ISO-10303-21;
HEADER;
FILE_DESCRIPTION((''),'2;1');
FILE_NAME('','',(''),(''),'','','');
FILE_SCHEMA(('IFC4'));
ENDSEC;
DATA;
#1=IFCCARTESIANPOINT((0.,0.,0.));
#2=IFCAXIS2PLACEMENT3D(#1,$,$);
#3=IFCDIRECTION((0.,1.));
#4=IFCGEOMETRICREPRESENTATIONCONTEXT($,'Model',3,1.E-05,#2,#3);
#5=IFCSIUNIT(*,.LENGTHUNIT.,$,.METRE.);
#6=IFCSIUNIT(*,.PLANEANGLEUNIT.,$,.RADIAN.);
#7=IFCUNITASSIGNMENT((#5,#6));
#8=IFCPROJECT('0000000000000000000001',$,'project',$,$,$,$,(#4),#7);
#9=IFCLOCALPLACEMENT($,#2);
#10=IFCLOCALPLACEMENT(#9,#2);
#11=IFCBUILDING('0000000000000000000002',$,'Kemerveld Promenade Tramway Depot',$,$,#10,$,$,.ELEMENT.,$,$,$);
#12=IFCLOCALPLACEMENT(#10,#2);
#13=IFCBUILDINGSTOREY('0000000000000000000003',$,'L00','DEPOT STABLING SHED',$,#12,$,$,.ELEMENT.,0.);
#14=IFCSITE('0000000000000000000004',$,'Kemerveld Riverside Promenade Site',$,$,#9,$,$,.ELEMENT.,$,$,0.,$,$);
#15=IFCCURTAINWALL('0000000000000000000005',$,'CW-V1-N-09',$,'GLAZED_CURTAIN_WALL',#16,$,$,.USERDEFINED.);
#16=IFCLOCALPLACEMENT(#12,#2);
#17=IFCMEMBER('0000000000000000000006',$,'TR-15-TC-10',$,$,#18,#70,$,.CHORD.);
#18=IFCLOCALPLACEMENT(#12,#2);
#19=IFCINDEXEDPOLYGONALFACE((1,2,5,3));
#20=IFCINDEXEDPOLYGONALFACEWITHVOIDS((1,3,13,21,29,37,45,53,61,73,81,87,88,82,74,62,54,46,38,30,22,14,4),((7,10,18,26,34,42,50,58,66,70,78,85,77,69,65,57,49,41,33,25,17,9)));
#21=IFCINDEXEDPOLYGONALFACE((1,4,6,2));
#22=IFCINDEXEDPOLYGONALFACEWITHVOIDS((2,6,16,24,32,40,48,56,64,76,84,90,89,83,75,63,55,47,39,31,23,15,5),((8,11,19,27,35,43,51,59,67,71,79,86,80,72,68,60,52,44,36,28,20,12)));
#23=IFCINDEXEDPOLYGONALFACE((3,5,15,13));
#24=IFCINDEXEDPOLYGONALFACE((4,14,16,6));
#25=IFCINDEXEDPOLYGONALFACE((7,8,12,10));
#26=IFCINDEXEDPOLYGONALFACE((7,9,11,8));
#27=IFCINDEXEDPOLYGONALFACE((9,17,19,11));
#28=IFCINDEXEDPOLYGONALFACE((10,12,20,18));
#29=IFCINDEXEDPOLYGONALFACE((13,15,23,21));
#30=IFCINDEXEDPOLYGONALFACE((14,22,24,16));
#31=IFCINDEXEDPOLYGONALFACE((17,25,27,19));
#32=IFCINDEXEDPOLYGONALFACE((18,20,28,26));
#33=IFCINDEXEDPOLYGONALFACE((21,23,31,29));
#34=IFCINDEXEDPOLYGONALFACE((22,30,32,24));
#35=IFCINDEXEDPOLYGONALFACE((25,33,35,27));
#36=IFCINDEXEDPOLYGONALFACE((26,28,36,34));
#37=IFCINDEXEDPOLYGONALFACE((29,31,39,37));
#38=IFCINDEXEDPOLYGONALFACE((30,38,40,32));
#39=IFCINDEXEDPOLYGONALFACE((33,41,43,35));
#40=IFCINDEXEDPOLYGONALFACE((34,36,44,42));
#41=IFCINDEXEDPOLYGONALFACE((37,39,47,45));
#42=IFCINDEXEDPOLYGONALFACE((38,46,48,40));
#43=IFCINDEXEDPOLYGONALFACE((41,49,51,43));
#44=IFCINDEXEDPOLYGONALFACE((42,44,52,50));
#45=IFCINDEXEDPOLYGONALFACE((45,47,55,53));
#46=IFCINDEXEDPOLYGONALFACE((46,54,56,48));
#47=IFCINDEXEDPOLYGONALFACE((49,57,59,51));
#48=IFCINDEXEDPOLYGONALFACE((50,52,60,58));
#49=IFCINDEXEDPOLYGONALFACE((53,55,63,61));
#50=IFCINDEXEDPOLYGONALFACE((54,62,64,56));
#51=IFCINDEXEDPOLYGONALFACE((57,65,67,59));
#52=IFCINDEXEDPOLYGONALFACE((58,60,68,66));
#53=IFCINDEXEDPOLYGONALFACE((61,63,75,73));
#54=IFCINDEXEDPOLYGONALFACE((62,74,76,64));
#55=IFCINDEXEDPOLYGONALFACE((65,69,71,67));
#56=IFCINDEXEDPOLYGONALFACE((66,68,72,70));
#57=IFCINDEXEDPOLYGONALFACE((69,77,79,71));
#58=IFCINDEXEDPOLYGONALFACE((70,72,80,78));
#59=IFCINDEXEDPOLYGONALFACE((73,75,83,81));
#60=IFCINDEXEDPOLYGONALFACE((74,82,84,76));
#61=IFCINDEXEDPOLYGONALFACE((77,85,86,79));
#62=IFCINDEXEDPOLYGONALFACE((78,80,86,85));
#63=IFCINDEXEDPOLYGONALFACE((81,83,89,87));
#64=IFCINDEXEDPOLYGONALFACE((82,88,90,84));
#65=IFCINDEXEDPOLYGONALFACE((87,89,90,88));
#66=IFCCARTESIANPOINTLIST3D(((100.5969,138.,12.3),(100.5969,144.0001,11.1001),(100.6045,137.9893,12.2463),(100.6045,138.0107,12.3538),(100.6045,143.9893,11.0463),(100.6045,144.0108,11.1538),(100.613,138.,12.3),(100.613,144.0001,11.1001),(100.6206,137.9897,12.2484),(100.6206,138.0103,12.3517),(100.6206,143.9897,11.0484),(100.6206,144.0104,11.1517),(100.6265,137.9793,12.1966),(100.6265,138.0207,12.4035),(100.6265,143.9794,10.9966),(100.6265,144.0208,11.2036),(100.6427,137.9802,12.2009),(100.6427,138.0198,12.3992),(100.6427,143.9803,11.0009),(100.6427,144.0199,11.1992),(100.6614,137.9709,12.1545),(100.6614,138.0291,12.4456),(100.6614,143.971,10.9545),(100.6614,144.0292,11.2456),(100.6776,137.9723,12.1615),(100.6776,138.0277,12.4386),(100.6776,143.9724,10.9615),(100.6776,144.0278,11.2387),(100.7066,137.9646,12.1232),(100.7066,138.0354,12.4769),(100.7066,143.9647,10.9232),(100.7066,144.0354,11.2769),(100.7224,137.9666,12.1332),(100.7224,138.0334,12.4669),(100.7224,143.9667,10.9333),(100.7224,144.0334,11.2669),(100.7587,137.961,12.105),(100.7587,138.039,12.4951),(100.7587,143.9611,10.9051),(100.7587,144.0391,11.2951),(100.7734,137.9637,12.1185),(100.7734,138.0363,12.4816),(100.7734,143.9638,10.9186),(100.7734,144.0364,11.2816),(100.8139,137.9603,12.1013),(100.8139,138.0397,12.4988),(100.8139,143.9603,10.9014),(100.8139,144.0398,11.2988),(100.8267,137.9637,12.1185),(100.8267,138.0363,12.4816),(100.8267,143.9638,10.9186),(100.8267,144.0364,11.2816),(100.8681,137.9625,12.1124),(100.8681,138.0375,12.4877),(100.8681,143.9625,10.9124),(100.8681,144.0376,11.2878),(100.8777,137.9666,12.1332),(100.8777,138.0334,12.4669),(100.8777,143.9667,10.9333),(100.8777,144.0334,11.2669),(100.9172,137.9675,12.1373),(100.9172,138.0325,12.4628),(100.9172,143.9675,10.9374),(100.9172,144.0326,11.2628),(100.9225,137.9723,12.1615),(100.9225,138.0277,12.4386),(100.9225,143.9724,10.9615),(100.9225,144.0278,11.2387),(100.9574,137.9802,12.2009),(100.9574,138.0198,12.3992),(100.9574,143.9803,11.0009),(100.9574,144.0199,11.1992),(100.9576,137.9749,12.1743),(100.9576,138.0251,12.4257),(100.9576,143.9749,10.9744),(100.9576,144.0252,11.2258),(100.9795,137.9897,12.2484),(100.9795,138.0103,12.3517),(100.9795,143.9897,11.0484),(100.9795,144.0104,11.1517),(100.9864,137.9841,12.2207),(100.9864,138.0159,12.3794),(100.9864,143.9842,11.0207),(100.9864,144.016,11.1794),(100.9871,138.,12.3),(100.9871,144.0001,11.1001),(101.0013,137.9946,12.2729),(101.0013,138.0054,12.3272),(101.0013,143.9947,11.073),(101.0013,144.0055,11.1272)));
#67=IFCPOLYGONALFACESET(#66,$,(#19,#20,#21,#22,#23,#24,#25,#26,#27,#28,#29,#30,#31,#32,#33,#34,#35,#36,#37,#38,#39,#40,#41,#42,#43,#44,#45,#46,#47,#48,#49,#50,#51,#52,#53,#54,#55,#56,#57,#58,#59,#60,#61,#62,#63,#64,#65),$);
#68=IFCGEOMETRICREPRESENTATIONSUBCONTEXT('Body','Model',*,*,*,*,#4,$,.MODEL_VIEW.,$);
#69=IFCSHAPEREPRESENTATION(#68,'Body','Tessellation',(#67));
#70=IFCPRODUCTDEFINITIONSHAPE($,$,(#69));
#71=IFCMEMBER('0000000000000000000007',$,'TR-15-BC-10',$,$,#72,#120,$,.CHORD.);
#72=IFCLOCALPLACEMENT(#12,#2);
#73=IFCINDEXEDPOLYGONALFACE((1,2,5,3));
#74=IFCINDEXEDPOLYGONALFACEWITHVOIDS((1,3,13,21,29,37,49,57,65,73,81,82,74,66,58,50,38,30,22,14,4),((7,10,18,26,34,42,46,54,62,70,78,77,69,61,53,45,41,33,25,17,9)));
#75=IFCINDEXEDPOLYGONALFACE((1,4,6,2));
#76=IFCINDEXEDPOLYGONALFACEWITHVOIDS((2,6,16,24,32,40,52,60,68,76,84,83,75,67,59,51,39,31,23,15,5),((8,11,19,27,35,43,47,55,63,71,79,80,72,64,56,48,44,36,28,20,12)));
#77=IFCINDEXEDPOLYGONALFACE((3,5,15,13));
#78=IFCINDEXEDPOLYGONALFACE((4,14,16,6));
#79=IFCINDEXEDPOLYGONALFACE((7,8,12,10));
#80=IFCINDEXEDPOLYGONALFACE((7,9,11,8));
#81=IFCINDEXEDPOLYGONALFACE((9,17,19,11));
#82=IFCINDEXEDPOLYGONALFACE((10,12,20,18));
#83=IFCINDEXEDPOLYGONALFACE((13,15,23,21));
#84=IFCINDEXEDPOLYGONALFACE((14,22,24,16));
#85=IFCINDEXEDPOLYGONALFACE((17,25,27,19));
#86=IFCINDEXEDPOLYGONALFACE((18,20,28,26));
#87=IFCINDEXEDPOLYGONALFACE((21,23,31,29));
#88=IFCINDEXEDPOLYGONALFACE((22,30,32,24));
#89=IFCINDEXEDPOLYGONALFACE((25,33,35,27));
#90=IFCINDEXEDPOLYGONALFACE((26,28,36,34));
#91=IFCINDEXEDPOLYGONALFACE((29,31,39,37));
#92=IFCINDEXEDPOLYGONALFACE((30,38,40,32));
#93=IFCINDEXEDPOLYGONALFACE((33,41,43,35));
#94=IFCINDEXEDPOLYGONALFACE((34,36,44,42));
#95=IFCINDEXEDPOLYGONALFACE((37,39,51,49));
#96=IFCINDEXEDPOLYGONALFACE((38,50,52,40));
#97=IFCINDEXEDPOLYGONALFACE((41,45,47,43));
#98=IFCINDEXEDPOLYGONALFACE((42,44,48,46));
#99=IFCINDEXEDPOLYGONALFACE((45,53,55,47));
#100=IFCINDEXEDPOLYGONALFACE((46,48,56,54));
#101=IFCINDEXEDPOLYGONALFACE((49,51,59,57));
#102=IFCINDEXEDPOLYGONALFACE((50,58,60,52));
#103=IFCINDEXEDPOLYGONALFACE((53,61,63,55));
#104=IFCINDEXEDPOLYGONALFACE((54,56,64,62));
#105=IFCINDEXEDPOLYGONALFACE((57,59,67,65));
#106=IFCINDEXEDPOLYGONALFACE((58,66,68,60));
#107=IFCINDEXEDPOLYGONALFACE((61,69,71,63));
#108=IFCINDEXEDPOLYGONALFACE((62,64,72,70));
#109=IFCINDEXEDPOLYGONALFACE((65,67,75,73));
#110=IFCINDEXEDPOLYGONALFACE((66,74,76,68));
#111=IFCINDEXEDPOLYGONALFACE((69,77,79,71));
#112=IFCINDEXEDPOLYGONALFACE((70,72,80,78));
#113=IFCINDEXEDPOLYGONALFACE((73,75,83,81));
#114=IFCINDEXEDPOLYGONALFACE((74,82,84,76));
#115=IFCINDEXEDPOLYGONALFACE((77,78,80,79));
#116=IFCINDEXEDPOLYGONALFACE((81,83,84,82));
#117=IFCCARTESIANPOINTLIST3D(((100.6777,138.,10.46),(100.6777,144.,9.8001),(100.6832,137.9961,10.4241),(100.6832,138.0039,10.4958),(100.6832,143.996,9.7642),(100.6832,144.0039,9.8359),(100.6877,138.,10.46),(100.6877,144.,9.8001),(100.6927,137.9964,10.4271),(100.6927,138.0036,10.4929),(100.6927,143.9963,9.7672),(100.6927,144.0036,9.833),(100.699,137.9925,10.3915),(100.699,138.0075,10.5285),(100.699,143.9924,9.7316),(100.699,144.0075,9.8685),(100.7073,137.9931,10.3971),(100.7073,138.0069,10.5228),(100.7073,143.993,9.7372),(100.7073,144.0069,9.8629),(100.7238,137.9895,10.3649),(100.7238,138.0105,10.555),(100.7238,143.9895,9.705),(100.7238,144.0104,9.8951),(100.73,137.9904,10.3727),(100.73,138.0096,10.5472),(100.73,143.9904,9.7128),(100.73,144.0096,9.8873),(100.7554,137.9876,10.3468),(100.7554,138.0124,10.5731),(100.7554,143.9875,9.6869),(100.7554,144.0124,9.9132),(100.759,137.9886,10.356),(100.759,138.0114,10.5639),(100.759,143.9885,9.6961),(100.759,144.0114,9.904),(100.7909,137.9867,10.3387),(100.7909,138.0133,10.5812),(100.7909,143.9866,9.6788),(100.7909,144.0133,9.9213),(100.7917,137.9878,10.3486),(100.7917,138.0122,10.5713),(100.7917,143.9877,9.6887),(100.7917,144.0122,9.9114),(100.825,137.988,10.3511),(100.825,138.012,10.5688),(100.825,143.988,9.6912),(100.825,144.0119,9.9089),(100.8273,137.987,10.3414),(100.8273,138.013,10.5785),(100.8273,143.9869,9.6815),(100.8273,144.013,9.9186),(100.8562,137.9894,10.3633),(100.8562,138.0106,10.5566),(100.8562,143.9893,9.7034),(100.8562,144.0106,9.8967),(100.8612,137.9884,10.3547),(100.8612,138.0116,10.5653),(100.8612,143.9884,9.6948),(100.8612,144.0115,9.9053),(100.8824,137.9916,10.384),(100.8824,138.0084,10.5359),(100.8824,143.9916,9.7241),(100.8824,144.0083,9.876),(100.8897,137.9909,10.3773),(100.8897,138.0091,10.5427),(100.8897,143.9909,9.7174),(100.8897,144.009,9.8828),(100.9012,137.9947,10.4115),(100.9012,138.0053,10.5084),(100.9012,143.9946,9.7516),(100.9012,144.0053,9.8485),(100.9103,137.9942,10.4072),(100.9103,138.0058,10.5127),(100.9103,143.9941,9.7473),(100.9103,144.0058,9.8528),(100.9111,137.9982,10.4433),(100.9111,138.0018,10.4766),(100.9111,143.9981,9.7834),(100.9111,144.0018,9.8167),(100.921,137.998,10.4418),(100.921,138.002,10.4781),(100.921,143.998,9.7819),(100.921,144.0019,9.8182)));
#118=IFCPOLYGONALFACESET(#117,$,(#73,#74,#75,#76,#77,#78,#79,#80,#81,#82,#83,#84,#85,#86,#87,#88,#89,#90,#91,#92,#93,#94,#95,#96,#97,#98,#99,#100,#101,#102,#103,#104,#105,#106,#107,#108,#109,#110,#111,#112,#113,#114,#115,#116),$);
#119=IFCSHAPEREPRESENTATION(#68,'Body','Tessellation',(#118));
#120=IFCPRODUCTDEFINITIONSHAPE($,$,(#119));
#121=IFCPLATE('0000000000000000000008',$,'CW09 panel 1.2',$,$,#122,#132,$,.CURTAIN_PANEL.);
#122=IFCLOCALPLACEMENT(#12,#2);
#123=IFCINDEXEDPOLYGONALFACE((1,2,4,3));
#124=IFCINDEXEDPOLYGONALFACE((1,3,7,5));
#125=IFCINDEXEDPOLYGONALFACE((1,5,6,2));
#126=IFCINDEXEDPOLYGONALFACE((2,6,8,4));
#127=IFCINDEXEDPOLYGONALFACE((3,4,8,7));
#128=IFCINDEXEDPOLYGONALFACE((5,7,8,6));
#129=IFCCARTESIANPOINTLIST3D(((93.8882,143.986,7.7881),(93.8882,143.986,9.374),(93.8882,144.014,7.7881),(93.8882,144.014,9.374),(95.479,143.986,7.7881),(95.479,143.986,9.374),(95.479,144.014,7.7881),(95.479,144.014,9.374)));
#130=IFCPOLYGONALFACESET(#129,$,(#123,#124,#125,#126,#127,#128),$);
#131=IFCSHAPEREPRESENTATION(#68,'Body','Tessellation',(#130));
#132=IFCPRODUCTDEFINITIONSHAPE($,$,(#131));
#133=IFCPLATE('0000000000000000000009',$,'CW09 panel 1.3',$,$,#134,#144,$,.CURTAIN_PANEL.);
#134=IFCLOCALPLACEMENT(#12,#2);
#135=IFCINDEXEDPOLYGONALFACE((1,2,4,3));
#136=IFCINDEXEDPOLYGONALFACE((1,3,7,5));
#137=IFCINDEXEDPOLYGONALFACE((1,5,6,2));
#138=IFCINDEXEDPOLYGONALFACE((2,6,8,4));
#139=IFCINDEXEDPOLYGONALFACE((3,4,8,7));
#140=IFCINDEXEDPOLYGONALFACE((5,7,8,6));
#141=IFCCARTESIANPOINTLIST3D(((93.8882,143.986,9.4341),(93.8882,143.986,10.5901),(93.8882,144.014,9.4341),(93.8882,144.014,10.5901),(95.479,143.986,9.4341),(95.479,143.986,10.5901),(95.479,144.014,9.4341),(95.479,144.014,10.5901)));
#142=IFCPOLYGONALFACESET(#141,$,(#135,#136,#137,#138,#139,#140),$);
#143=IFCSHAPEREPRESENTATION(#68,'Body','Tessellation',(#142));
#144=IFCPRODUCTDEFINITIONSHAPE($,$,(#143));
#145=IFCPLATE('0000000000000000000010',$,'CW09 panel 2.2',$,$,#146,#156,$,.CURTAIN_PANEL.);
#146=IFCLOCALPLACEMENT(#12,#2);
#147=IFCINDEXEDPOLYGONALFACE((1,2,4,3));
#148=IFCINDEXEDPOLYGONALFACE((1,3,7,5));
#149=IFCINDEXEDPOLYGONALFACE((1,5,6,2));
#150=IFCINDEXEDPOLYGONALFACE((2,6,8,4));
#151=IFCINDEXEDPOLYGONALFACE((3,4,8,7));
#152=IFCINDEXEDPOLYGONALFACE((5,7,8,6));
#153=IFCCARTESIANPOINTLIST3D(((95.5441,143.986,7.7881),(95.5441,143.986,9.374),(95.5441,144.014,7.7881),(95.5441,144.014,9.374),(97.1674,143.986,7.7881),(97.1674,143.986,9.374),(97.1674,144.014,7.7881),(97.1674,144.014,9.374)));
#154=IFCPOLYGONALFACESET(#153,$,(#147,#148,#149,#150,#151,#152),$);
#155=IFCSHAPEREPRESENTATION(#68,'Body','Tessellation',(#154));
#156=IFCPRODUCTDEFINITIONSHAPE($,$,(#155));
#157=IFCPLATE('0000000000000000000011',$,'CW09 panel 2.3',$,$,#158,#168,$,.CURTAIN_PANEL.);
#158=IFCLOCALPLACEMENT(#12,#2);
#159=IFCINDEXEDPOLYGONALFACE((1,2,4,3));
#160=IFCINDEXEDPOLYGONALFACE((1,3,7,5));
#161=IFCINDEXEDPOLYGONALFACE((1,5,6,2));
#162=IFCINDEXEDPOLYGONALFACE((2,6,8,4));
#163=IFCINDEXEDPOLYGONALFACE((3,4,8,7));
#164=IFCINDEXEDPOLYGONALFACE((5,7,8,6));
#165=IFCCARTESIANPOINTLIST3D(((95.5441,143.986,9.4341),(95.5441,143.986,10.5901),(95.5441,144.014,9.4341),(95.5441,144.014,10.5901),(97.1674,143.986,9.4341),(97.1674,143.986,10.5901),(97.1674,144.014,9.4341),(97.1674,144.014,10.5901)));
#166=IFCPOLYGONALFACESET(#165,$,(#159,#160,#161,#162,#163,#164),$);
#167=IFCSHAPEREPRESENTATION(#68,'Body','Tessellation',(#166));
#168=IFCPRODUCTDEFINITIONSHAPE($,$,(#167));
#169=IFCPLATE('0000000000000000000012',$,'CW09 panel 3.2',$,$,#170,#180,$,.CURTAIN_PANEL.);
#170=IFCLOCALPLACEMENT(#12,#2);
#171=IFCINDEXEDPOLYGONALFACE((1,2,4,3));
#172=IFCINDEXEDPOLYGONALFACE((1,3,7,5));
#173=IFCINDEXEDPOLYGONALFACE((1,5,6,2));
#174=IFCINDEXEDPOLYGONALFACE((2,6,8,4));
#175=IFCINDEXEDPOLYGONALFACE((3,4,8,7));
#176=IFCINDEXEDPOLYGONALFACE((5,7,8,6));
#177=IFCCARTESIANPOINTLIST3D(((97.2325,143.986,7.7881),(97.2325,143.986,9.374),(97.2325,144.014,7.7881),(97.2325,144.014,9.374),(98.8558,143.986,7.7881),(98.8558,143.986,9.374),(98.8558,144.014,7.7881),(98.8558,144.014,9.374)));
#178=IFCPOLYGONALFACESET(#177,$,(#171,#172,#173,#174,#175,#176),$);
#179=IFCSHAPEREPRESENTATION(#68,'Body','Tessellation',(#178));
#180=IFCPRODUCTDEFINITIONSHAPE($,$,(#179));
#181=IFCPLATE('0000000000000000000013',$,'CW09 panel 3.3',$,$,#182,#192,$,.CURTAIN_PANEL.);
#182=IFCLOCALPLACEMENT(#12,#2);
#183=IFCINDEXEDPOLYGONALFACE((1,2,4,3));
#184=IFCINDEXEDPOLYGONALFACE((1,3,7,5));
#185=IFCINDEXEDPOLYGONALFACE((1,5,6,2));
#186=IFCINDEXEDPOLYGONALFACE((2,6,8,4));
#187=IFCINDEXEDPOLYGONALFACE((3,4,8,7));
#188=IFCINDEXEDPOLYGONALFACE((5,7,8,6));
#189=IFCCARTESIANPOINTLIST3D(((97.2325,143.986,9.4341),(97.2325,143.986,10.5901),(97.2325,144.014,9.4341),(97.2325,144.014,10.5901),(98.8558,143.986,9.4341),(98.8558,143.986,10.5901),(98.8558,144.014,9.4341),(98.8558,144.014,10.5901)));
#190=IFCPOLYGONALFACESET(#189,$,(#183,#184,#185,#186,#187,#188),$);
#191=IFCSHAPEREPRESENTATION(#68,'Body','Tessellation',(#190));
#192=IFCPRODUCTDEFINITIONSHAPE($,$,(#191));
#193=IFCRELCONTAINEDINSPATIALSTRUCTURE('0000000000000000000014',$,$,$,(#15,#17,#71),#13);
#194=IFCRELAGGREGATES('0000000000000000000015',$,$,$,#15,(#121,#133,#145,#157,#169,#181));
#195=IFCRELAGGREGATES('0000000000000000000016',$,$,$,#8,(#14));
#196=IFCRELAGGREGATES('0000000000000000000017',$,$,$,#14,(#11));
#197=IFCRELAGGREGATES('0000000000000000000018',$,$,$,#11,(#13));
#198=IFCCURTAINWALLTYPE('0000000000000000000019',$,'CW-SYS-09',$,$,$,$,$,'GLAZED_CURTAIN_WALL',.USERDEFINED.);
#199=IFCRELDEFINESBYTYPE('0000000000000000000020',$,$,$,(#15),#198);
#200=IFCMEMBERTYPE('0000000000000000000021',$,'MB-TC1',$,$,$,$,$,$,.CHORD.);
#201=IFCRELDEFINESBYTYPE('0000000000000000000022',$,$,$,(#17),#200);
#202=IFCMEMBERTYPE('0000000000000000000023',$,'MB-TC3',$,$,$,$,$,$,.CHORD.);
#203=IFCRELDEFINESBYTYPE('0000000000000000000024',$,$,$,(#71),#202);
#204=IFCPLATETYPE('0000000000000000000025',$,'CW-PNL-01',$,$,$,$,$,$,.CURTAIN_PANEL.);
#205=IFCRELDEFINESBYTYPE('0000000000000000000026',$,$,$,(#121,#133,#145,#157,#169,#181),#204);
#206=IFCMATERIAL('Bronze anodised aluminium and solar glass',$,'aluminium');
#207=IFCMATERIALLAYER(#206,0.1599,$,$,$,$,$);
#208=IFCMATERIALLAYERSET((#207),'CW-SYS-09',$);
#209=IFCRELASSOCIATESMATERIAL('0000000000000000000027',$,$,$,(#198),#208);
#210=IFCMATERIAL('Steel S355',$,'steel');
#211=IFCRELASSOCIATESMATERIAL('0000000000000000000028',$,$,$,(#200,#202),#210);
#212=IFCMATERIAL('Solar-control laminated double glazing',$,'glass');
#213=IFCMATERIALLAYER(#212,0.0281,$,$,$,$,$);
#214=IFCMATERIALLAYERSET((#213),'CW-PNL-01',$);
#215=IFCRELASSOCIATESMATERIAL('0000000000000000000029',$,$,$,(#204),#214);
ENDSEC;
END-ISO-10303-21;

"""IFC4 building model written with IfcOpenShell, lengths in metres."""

from ifc_helpers import new_model, si_unit, direction, frame, origin, origin_2d, place, context, subcontext, project, spatial, rectangle, hollow_circle, extrude, material, layer, layer_set, material_profile, profile_set, type_object, element, aggregate, save


model = new_model("IFC4")

# Units and contexts
model_context = context("Model", 3, precision=1e-05, world=origin(), true_north=direction((0.0, 1.0)))
body_context = subcontext(model_context, "Body", "Model", "MODEL_VIEW")
ifc_project = project(units=[si_unit("LENGTHUNIT", "METRE"), si_unit("PLANEANGLEUNIT", "RADIAN")], contexts=[model_context])

# Site, building, storey
site_placement = place(None, origin())
site = spatial("IfcSite", under=ifc_project, at=site_placement, Name="Kemerveld Riverside Promenade Site", CompositionType="ELEMENT", RefElevation=0.0)
building_placement = place(site_placement, origin())
building = spatial("IfcBuilding", under=site, at=building_placement, Name="Kemerveld Promenade Tramway Depot", CompositionType="ELEMENT")
storey_placement = place(building_placement, origin())
storey = spatial("IfcBuildingStorey", under=building, at=storey_placement, Name="L00", Description="DEPOT STABLING SHED", CompositionType="ELEMENT", Elevation=0.0)

# Shared definitions
ifc_material_1 = material(Name="Steel S355", Category="steel")

# Curtain wall
ifc_material_2 = material(Name="Bronze anodised aluminium and solar glass", Category="aluminium")
ifc_layer_1 = layer(ifc_material_2, 0.1599)
ifc_layer_set_1 = layer_set([ifc_layer_1], Name="CW-SYS-09")
curtain_wall_type_1 = type_object("IfcCurtainWallType", Name="CW-SYS-09", ElementType="GLAZED_CURTAIN_WALL", PredefinedType="USERDEFINED", material=ifc_layer_set_1)
curtain_wall_1_placement = place(storey_placement, origin())
curtain_wall_1 = element("IfcCurtainWall", 1, at=curtain_wall_1_placement, inside=storey, type_object=curtain_wall_type_1, Name="CW-V1-N-09", ObjectType="GLAZED_CURTAIN_WALL", PredefinedType="USERDEFINED")

# Members
ifc_material_profile_1 = material_profile(ifc_material_1, hollow_circle(Radius=0.2031, WallThickness=0.0161, at=origin_2d()), Name="406.4x16.0 CHS")
ifc_profile_set_1 = profile_set([ifc_material_profile_1], Name="Steel S355")
member_type_1 = type_object("IfcMemberType", Name="MB-TC1", PredefinedType="CHORD", material=ifc_profile_set_1)
member_1_placement = place(storey_placement, frame((100.8, 138.0, 12.3), z_axis=(0.0, 0.980582, -0.196108), x_axis=(-1.0, 0.0, 0.0)))
element("IfcMember", 2, at=member_1_placement, inside=storey, type_object=member_type_1, Name="TR-15-TC-10", PredefinedType="CHORD", context=body_context, shape_type="SweptSolid", body=[
    extrude(hollow_circle(Radius=0.2031, WallThickness=0.0161, at=origin_2d()), origin(), (0.0, 0.0, 1.0), 6.1189),
])
ifc_material_profile_2 = material_profile(ifc_material_1, hollow_circle(Radius=0.1223, WallThickness=0.01, at=origin_2d()), Name="244.5x10.0 CHS")
ifc_profile_set_2 = profile_set([ifc_material_profile_2], Name="Steel S355")
member_type_2 = type_object("IfcMemberType", Name="MB-TC3", PredefinedType="CHORD", material=ifc_profile_set_2)
member_2_placement = place(storey_placement, frame((100.8, 138.0, 10.46), z_axis=(0.0, 0.994006, -0.109326), x_axis=(-1.0, 0.0, 0.0)))
element("IfcMember", 3, at=member_2_placement, inside=storey, type_object=member_type_2, Name="TR-15-BC-10", PredefinedType="CHORD", context=body_context, shape_type="SweptSolid", body=[
    extrude(hollow_circle(Radius=0.1223, WallThickness=0.01, at=origin_2d()), origin(), (0.0, 0.0, 1.0), 6.0361),
])

# Plates
ifc_material_3 = material(Name="Solar-control laminated double glazing", Category="glass")
ifc_layer_2 = layer(ifc_material_3, 0.0281)
ifc_layer_set_2 = layer_set([ifc_layer_2], Name="CW-PNL-01")
plate_type_1 = type_object("IfcPlateType", Name="CW-PNL-01", PredefinedType="CURTAIN_PANEL", material=ifc_layer_set_2)
plate_1_placement = place(storey_placement, frame((94.6836, 144.0, 7.7881), z_axis=(0.0, 0.0, 1.0), x_axis=(1.0, 0.0, 0.0)))
plate_1 = element("IfcPlate", 4, at=plate_1_placement, type_object=plate_type_1, Name="CW09 panel 1.2", PredefinedType="CURTAIN_PANEL", context=body_context, shape_type="SweptSolid", body=[
    extrude(rectangle(XDim=1.5908, YDim=0.0281, at=origin_2d()), origin(), (0.0, 0.0, 1.0), 1.5859),
])
plate_2_placement = place(storey_placement, frame((94.6836, 144.0, 9.4341), z_axis=(0.0, 0.0, 1.0), x_axis=(1.0, 0.0, 0.0)))
plate_2 = element("IfcPlate", 5, at=plate_2_placement, type_object=plate_type_1, Name="CW09 panel 1.3", PredefinedType="CURTAIN_PANEL", context=body_context, shape_type="SweptSolid", body=[
    extrude(rectangle(XDim=1.5908, YDim=0.0281, at=origin_2d()), origin(), (0.0, 0.0, 1.0), 1.156),
])
plate_3_placement = place(storey_placement, frame((96.3557, 144.0, 7.7881), z_axis=(0.0, 0.0, 1.0), x_axis=(1.0, 0.0, 0.0)))
plate_3 = element("IfcPlate", 6, at=plate_3_placement, type_object=plate_type_1, Name="CW09 panel 2.2", PredefinedType="CURTAIN_PANEL", context=body_context, shape_type="SweptSolid", body=[
    extrude(rectangle(XDim=1.6233, YDim=0.0281, at=origin_2d()), origin(), (0.0, 0.0, 1.0), 1.5859),
])
plate_4_placement = place(storey_placement, frame((96.3557, 144.0, 9.4341), z_axis=(0.0, 0.0, 1.0), x_axis=(1.0, 0.0, 0.0)))
plate_4 = element("IfcPlate", 7, at=plate_4_placement, type_object=plate_type_1, Name="CW09 panel 2.3", PredefinedType="CURTAIN_PANEL", context=body_context, shape_type="SweptSolid", body=[
    extrude(rectangle(XDim=1.6233, YDim=0.0281, at=origin_2d()), origin(), (0.0, 0.0, 1.0), 1.156),
])
plate_5_placement = place(storey_placement, frame((98.0442, 144.0, 7.7881), z_axis=(0.0, 0.0, 1.0), x_axis=(1.0, 0.0, 0.0)))
plate_5 = element("IfcPlate", 8, at=plate_5_placement, type_object=plate_type_1, Name="CW09 panel 3.2", PredefinedType="CURTAIN_PANEL", context=body_context, shape_type="SweptSolid", body=[
    extrude(rectangle(XDim=1.6233, YDim=0.0281, at=origin_2d()), origin(), (0.0, 0.0, 1.0), 1.5859),
])
plate_6_placement = place(storey_placement, frame((98.0442, 144.0, 9.4341), z_axis=(0.0, 0.0, 1.0), x_axis=(1.0, 0.0, 0.0)))
plate_6 = element("IfcPlate", 9, at=plate_6_placement, type_object=plate_type_1, Name="CW09 panel 3.3", PredefinedType="CURTAIN_PANEL", context=body_context, shape_type="SweptSolid", body=[
    extrude(rectangle(XDim=1.6233, YDim=0.0281, at=origin_2d()), origin(), (0.0, 0.0, 1.0), 1.156),
])
aggregate(curtain_wall_1, [plate_1, plate_2, plate_3, plate_4, plate_5, plate_6])

save(model, "model.ifc")
